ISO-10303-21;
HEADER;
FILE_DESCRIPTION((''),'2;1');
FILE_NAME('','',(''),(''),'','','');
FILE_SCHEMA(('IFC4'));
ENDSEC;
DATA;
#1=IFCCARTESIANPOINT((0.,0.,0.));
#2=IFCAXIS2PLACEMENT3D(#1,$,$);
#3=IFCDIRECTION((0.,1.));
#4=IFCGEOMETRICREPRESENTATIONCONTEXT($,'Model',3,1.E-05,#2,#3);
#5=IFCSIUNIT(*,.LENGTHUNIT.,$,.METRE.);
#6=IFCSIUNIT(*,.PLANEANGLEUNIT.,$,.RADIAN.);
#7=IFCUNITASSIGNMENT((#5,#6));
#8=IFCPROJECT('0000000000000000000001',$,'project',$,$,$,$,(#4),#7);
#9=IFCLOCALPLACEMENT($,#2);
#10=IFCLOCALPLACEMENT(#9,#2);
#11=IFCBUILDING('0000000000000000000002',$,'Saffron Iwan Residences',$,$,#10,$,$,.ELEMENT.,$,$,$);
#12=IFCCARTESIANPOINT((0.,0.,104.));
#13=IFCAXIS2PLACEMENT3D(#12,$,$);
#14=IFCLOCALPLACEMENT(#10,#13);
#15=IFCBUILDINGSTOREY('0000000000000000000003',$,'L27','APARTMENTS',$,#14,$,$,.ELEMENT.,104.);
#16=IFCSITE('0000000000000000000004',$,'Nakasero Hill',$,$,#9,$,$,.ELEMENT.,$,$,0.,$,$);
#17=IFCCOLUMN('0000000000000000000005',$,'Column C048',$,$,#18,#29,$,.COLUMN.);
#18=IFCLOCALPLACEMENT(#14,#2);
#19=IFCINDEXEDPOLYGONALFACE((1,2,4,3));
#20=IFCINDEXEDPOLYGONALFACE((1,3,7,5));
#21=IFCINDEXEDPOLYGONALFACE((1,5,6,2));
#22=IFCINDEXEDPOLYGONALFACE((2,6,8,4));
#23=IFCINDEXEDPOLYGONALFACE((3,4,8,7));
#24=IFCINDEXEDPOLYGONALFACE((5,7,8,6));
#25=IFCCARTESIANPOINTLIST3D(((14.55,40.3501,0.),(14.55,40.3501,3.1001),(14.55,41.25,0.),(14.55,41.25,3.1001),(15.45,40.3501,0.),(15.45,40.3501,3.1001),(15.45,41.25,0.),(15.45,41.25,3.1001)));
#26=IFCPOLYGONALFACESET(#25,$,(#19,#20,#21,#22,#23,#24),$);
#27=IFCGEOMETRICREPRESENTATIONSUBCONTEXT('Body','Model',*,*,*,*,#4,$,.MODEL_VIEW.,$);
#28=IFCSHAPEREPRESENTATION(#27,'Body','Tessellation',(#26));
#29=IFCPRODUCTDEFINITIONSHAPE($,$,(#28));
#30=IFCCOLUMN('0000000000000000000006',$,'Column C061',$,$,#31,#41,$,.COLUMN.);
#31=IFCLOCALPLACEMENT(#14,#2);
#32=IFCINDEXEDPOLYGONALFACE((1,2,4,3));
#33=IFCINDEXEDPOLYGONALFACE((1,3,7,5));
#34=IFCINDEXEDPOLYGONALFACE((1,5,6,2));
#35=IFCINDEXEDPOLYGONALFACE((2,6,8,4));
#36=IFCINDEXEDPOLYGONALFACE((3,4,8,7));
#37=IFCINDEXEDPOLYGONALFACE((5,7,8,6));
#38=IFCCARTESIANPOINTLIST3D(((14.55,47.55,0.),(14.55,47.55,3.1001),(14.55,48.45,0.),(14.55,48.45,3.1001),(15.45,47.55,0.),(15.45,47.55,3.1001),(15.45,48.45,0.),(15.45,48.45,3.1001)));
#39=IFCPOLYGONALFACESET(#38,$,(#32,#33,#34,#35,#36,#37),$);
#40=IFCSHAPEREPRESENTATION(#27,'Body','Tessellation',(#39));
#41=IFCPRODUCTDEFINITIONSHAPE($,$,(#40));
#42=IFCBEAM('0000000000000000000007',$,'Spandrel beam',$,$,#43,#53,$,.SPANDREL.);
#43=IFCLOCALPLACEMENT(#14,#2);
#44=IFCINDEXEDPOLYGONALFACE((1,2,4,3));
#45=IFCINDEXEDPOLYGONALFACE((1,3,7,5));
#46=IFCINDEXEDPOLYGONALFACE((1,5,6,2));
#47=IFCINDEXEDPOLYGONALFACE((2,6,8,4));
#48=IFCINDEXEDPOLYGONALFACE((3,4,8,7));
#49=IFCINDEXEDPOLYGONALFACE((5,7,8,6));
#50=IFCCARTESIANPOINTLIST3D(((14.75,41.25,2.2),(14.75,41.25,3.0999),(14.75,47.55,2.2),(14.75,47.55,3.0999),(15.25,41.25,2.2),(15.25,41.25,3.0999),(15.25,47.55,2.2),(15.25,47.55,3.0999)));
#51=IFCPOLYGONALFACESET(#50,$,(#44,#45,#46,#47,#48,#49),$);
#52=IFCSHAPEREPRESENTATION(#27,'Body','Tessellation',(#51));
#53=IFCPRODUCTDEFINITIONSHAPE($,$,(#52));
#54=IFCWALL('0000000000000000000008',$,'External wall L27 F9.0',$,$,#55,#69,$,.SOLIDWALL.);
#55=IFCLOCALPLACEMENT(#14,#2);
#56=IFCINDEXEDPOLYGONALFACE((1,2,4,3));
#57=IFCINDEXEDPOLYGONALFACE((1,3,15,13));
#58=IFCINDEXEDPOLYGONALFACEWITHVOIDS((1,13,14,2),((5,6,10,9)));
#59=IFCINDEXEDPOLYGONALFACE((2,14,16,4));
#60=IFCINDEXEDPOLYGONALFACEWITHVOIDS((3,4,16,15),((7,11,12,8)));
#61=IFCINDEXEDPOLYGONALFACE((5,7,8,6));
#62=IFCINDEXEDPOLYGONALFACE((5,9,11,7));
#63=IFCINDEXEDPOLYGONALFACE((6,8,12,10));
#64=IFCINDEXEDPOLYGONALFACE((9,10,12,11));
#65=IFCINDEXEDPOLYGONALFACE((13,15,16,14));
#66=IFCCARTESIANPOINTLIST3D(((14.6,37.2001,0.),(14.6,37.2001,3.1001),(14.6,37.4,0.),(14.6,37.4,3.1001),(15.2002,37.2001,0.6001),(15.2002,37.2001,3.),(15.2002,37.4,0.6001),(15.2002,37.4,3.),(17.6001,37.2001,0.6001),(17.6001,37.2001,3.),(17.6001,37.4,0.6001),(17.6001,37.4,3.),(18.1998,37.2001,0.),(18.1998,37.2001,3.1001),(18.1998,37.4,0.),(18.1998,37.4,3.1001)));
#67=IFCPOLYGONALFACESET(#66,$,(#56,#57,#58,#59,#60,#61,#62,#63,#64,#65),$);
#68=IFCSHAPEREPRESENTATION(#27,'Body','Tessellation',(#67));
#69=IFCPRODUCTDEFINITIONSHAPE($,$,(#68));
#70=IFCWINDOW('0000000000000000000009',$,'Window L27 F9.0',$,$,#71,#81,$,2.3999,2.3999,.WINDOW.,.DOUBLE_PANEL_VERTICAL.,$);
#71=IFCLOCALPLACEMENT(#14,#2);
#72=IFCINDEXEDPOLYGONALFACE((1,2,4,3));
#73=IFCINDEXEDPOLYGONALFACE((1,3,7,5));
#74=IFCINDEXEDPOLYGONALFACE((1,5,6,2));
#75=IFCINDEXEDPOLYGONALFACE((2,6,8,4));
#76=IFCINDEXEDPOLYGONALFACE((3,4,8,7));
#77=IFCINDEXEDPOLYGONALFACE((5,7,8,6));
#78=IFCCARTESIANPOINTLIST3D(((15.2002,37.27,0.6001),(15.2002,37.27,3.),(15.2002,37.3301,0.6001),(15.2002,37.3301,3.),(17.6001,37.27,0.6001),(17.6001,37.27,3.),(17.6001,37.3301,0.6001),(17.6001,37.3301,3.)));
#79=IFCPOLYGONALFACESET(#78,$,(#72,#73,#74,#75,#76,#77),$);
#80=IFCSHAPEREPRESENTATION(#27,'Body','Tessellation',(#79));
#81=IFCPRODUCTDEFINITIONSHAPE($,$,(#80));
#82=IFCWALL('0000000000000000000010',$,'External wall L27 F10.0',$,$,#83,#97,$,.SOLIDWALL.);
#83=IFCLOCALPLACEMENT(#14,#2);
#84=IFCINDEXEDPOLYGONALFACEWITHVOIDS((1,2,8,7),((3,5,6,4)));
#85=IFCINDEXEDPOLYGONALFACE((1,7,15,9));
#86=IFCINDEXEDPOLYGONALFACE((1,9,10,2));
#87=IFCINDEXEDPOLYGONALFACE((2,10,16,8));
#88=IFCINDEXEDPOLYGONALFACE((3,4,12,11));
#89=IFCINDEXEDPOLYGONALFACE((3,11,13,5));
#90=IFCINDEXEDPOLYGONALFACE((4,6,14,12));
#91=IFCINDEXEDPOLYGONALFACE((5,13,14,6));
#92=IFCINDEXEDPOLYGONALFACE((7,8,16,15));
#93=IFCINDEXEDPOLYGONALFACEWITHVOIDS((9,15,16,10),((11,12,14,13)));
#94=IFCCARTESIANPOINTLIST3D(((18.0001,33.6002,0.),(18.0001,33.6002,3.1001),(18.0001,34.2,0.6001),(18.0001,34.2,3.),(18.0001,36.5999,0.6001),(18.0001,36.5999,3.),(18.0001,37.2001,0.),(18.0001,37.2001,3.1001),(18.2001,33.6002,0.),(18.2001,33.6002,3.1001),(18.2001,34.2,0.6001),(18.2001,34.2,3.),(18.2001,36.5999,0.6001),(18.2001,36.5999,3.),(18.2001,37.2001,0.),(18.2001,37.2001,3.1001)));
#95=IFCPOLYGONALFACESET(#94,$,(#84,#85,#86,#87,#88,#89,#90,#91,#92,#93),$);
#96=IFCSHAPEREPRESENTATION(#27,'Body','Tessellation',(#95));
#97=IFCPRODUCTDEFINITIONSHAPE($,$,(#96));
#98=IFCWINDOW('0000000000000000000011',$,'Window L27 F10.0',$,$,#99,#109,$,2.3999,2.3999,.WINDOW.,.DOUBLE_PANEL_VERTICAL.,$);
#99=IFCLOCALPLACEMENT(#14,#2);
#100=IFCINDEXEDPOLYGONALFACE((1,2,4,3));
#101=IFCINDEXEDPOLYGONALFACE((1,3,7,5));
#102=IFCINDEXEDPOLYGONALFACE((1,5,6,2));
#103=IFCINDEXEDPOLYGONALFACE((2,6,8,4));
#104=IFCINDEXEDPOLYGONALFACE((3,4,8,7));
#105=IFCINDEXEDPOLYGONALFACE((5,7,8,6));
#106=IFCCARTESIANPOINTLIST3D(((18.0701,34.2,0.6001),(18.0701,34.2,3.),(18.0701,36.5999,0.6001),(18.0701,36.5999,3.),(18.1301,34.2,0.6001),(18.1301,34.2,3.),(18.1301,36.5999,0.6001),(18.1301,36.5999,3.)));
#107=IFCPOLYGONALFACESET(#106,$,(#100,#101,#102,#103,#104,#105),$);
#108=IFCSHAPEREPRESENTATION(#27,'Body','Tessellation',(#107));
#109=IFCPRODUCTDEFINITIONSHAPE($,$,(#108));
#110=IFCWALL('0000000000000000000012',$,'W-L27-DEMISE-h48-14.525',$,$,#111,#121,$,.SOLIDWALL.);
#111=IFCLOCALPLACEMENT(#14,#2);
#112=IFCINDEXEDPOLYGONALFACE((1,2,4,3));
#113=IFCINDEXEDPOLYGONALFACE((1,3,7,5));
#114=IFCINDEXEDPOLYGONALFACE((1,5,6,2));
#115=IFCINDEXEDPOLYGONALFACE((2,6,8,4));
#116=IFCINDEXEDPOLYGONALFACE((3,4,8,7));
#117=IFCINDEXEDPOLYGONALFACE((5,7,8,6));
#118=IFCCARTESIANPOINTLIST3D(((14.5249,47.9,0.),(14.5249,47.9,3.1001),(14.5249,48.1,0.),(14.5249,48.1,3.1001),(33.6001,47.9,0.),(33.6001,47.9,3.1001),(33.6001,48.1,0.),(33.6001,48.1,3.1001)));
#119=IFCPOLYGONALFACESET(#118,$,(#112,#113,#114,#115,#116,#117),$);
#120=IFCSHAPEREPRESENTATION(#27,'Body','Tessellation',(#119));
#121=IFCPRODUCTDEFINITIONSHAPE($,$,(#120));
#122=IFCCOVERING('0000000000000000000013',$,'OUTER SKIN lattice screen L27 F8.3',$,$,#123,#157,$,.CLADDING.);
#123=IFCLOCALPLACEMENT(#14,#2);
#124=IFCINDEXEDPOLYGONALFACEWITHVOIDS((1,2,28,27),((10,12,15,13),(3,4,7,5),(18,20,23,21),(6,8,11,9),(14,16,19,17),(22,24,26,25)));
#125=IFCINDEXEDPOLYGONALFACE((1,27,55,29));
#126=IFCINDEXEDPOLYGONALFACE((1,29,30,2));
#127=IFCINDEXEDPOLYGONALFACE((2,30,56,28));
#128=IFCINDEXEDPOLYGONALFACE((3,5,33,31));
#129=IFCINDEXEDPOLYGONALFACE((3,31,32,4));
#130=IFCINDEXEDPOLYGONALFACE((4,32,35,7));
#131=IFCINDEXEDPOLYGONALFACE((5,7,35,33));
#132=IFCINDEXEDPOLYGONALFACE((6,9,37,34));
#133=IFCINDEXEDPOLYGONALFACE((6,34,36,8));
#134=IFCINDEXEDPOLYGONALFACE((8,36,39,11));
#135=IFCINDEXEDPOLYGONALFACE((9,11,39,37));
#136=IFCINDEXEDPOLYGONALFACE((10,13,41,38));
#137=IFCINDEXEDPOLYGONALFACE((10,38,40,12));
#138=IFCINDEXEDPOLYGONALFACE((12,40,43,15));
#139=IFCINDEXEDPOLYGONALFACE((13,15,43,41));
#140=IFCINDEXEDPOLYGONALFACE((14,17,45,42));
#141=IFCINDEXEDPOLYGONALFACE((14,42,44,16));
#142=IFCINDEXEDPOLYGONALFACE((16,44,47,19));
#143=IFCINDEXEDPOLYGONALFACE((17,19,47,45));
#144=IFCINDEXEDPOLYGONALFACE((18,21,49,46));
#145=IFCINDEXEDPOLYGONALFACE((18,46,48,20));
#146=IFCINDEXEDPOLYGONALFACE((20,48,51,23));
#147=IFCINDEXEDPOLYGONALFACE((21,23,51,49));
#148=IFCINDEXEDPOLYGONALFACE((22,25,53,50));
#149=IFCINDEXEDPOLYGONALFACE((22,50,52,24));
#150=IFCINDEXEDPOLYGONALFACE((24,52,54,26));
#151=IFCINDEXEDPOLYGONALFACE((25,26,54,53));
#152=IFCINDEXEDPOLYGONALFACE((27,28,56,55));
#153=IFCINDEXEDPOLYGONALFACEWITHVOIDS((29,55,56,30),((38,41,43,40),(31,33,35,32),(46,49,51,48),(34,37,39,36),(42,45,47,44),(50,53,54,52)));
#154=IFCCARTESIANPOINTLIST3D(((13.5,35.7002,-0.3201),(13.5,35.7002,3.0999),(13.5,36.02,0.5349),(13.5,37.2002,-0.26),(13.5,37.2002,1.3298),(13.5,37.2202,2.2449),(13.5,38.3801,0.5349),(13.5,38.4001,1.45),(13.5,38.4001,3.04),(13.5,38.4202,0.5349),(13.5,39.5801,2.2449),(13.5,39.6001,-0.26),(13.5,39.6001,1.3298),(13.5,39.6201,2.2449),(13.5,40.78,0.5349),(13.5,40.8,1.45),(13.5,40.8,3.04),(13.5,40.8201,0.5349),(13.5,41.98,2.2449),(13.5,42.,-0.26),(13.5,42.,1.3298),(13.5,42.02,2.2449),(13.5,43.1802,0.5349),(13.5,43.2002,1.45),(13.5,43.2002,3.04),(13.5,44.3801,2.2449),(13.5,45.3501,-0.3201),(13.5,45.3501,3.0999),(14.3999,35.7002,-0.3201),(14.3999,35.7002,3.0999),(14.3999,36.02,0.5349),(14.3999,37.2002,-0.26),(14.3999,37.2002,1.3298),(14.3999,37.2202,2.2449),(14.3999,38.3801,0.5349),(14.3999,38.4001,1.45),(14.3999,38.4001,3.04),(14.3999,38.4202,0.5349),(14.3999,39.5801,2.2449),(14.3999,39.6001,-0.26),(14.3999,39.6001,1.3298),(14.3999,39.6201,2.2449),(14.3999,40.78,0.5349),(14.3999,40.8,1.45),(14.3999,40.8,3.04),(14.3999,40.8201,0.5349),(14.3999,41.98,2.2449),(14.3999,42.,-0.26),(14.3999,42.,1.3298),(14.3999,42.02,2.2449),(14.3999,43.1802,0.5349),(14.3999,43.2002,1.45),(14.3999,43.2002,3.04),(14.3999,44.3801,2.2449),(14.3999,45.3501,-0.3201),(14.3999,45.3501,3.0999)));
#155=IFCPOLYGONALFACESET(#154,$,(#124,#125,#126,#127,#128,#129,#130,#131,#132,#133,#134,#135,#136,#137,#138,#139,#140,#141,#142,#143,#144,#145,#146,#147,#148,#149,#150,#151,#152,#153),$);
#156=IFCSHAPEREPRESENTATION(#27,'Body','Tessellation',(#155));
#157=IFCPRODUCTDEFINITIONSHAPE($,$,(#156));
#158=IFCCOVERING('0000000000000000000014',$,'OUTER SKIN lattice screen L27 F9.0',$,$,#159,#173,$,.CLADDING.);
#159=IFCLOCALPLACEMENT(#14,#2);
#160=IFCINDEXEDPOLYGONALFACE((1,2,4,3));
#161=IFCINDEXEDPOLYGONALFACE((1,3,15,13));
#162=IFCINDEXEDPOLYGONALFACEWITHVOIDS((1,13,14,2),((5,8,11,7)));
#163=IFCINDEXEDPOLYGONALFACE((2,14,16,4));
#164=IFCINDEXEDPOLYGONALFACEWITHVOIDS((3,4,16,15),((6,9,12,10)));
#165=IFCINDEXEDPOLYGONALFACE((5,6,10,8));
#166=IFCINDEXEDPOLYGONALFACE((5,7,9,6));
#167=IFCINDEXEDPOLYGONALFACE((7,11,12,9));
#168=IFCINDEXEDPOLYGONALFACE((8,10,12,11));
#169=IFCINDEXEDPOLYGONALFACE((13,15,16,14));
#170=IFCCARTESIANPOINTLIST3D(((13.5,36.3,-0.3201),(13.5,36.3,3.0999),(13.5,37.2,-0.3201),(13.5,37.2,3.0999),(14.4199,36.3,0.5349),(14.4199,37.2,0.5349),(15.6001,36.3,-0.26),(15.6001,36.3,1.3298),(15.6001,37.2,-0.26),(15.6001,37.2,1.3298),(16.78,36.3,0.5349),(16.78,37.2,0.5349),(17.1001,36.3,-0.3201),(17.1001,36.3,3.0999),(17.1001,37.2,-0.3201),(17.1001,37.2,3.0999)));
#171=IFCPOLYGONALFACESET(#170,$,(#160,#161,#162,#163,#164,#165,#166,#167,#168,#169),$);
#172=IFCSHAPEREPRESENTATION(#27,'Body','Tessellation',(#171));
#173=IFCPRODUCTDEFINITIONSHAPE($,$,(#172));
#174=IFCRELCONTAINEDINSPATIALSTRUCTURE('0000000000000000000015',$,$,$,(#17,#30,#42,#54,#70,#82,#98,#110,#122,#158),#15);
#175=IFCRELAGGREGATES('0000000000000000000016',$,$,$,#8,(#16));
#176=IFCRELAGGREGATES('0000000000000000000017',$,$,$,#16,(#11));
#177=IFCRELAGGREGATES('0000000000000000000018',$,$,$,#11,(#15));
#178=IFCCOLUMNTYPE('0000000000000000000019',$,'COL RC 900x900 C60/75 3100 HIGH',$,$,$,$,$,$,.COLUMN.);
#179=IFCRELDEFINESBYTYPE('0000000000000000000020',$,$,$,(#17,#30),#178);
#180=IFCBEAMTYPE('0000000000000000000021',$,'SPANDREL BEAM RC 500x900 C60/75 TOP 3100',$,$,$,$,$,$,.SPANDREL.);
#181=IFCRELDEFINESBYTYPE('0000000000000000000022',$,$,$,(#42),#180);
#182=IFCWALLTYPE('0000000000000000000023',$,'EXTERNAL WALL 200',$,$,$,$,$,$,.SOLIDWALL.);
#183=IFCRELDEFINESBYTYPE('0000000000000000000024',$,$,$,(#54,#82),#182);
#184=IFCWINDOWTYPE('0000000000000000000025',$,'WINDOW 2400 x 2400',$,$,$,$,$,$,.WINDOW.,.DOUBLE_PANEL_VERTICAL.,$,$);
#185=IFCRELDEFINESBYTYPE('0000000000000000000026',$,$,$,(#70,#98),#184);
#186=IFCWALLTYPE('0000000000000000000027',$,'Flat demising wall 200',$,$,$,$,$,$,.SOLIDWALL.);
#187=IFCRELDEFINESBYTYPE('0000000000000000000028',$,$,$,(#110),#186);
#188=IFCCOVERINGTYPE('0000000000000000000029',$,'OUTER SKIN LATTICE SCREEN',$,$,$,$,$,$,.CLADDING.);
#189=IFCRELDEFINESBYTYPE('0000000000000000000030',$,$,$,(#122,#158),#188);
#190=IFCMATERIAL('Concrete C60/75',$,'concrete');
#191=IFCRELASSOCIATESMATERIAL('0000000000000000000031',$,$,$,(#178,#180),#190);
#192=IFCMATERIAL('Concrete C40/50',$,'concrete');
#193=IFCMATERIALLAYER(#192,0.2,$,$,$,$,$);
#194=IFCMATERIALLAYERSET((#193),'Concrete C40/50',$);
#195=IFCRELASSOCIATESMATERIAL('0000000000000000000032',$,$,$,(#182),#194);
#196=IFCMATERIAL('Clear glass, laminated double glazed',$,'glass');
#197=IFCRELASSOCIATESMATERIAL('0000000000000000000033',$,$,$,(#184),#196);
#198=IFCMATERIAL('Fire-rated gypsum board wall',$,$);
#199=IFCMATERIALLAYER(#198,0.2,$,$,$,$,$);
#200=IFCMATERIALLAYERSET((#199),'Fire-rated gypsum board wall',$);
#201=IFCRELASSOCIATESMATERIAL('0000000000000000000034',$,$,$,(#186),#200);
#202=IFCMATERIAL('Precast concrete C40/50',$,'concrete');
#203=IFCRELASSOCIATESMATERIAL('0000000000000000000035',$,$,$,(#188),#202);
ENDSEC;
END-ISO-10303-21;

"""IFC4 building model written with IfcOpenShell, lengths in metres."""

from ifc_helpers import new_model, si_unit, direction, frame, frame_2d, origin, origin_2d, place, context, subcontext, project, spatial, polyline, rectangle, outline, extrude, source, transform, mapped, material, layer, layer_set, material_profile, profile_set, type_object, element, fill, save


model = new_model("IFC4")

# Units and contexts
model_context = context("Model", 3, precision=1e-05, world=origin(), true_north=direction((0.0, 1.0)))
body_context = subcontext(model_context, "Body", "Model", "MODEL_VIEW")
ifc_project = project(units=[si_unit("LENGTHUNIT", "METRE"), si_unit("PLANEANGLEUNIT", "RADIAN")], contexts=[model_context])

# Site, building, storey
site_placement = place(None, origin())
site = spatial("IfcSite", under=ifc_project, at=site_placement, Name="Nakasero Hill", CompositionType="ELEMENT", RefElevation=0.0)
building_placement = place(site_placement, origin())
building = spatial("IfcBuilding", under=site, at=building_placement, Name="Saffron Iwan Residences", CompositionType="ELEMENT")
storey_placement = place(building_placement, frame((0.0, 0.0, 104.0)))
storey = spatial("IfcBuildingStorey", under=building, at=storey_placement, Name="L27", Description="APARTMENTS", CompositionType="ELEMENT", Elevation=104.0)

# Columns
ifc_material_1 = material(Name="Concrete C60/75", Category="concrete")
ifc_material_profile_1 = material_profile(ifc_material_1, rectangle(XDim=0.8999, YDim=0.8999, at=origin_2d()), Name="RC 900x900")
ifc_profile_set_1 = profile_set([ifc_material_profile_1], Name="Concrete C60/75")
column_type = type_object("IfcColumnType", Name="COL RC 900x900 C60/75 3100 HIGH", PredefinedType="COLUMN", material=ifc_profile_set_1)
shared_shape_1 = source(origin(), body_context, "Body", "SweptSolid", [
    extrude(rectangle(XDim=0.8999, YDim=0.8999, at=origin_2d()), origin(), (0.0, 0.0, 1.0), 3.1001),
])
for number, where, z_axis, x_axis, name in (
    (1, (15.0, 40.8, 0.0), (0.0, 0.0, 1.0), (1.0, 0.0, 0.0), "Column C048"),
    (2, (15.0, 48.0, 0.0), (0.0, 0.0, 1.0), (1.0, 0.0, 0.0), "Column C061"),
):
    element("IfcColumn", number, at=place(storey_placement, frame(where, z_axis=z_axis, x_axis=x_axis)), inside=storey, type_object=column_type, Name=name, PredefinedType="COLUMN", context=body_context, shape_type="MappedRepresentation", body=[
        mapped(shared_shape_1, transform((0.0, 0.0, 0.0))),
    ])

# Beam
ifc_material_profile_2 = material_profile(ifc_material_1, rectangle(XDim=0.5, YDim=0.8999, at=origin_2d()), Name="RC 500x900")
ifc_profile_set_2 = profile_set([ifc_material_profile_2], Name="Concrete C60/75")
beam_type = type_object("IfcBeamType", Name="SPANDREL BEAM RC 500x900 C60/75 TOP 3100", PredefinedType="SPANDREL", material=ifc_profile_set_2)
shared_shape_2 = source(origin(), body_context, "Body", "SweptSolid", [
    extrude(rectangle(XDim=0.5, YDim=0.8999, at=origin_2d()), origin(), (0.0, 0.0, 1.0), 6.3),
])
beam_placement = place(storey_placement, frame((15.0, 41.25, 2.6499), z_axis=(0.0, 1.0, 0.0), x_axis=(-1.0, 0.0, 0.0)))
element("IfcBeam", 3, at=beam_placement, inside=storey, type_object=beam_type, Name="Spandrel beam", PredefinedType="SPANDREL", context=body_context, shape_type="MappedRepresentation", body=[
    mapped(shared_shape_2, transform((0.0, 0.0, 0.0))),
])

# Walls, openings, windows
ifc_material_2 = material(Name="Concrete C40/50", Category="concrete")
ifc_layer_1 = layer(ifc_material_2, 0.2)
ifc_layer_set_1 = layer_set([ifc_layer_1], Name="Concrete C40/50")
wall_type_1 = type_object("IfcWallType", Name="EXTERNAL WALL 200", PredefinedType="SOLIDWALL", material=ifc_layer_set_1)
wall_1_placement = place(storey_placement, frame((14.6001, 37.3, 0.0), z_axis=(0.0, 0.0, 1.0), x_axis=(1.0, 0.0, 0.0)))
wall_1 = element("IfcWall", 4, at=wall_1_placement, inside=storey, type_object=wall_type_1, Name="External wall L27 F9.0", PredefinedType="SOLIDWALL", context=body_context, shape_type="SweptSolid", body=[
    extrude(rectangle(XDim=3.5999, YDim=0.2, at=frame_2d((1.7998, 0.0))), origin(), (0.0, 0.0, 1.0), 3.1001),
])
opening_1_placement = place(wall_1_placement, frame((0.6001, 0.0, 0.6001)))
opening_1 = element("IfcOpeningElement", 5, at=opening_1_placement, cuts=wall_1, PredefinedType="OPENING", context=body_context, shape_type="SweptSolid", body=[
    extrude(rectangle(XDim=2.3999, YDim=2.3999, at=frame_2d((1.2, 1.2))), frame((0.0, 0.1099, 0.0), z_axis=(0.0, -1.0, 0.0), x_axis=(1.0, 0.0, 0.0)), (0.0, 0.0, 1.0), 0.22),
])
ifc_material_3 = material(Name="Clear glass, laminated double glazed", Category="glass")
window_type = type_object("IfcWindowType", Name="WINDOW 2400 x 2400", PartitioningType="DOUBLE_PANEL_VERTICAL", PredefinedType="WINDOW", material=ifc_material_3)
window_1_placement = place(opening_1_placement, origin())
window_1 = element("IfcWindow", 6, at=window_1_placement, inside=storey, type_object=window_type, Name="Window L27 F9.0", OverallHeight=2.3999, OverallWidth=2.3999, PartitioningType="DOUBLE_PANEL_VERTICAL", PredefinedType="WINDOW", context=body_context, shape_type="SweptSolid", body=[
    extrude(rectangle(XDim=2.3999, YDim=2.3999, at=frame_2d((1.2, 1.2))), frame((0.0, 0.03, 0.0), z_axis=(0.0, -1.0, 0.0), x_axis=(1.0, 0.0, 0.0)), (0.0, 0.0, 1.0), 0.0601),
])
fill(opening_1, window_1)
wall_2_placement = place(storey_placement, frame((18.1001, 37.2, 0.0), z_axis=(0.0, 0.0, 1.0), x_axis=(0.0, -1.0, 0.0)))
wall_2 = element("IfcWall", 7, at=wall_2_placement, inside=storey, type_object=wall_type_1, Name="External wall L27 F10.0", PredefinedType="SOLIDWALL", context=body_context, shape_type="SweptSolid", body=[
    extrude(rectangle(XDim=3.5999, YDim=0.2, at=frame_2d((1.7998, 0.0))), origin(), (0.0, 0.0, 1.0), 3.1001),
])
opening_2_placement = place(wall_2_placement, frame((0.6001, 0.0, 0.6001)))
opening_2 = element("IfcOpeningElement", 8, at=opening_2_placement, cuts=wall_2, PredefinedType="OPENING", context=body_context, shape_type="SweptSolid", body=[
    extrude(rectangle(XDim=2.3999, YDim=2.3999, at=frame_2d((1.2, 1.2))), frame((0.0, 0.1099, 0.0), z_axis=(0.0, -1.0, 0.0), x_axis=(1.0, 0.0, 0.0)), (0.0, 0.0, 1.0), 0.22),
])
window_2_placement = place(opening_2_placement, origin())
window_2 = element("IfcWindow", 9, at=window_2_placement, inside=storey, type_object=window_type, Name="Window L27 F10.0", OverallHeight=2.3999, OverallWidth=2.3999, PartitioningType="DOUBLE_PANEL_VERTICAL", PredefinedType="WINDOW", context=body_context, shape_type="SweptSolid", body=[
    extrude(rectangle(XDim=2.3999, YDim=2.3999, at=frame_2d((1.2, 1.2))), frame((0.0, 0.03, 0.0), z_axis=(0.0, -1.0, 0.0), x_axis=(1.0, 0.0, 0.0)), (0.0, 0.0, 1.0), 0.0601),
])
fill(opening_2, window_2)

# Wall
ifc_material_4 = material(Name="Fire-rated gypsum board wall")
ifc_layer_2 = layer(ifc_material_4, 0.2)
ifc_layer_set_2 = layer_set([ifc_layer_2], Name="Fire-rated gypsum board wall")
wall_type_2 = type_object("IfcWallType", Name="Flat demising wall 200", PredefinedType="SOLIDWALL", material=ifc_layer_set_2)
wall_3_placement = place(storey_placement, frame((14.5249, 48.0, 0.0), z_axis=(0.0, 0.0, 1.0), x_axis=(1.0, 0.0, 0.0)))
element("IfcWall", 10, at=wall_3_placement, inside=storey, type_object=wall_type_2, Name="W-L27-DEMISE-h48-14.525", PredefinedType="SOLIDWALL", context=body_context, shape_type="SweptSolid", body=[
    extrude(rectangle(XDim=19.0752, YDim=0.2, at=frame_2d((9.5376, 0.0))), origin(), (0.0, 0.0, 1.0), 3.1001),
])

# Coverings
ifc_material_5 = material(Name="Precast concrete C40/50", Category="concrete")
covering_type_1 = type_object("IfcCoveringType", Name="OUTER SKIN LATTICE SCREEN", PredefinedType="CLADDING", material=ifc_material_5)
covering_1_placement = place(storey_placement, frame((14.3999, 45.3501, -0.3201), z_axis=(-1.0, 0.0, 0.0), x_axis=(0.0, -1.0, 0.0)))
element("IfcCovering", 11, at=covering_1_placement, inside=storey, type_object=covering_type_1, Name="OUTER SKIN lattice screen L27 F8.3", PredefinedType="CLADDING", context=body_context, shape_type="SweptSolid", body=[
    extrude(outline(polyline([(0.0, 0.0), (9.6499, 0.0), (9.6499, 3.4199), (0.0, 3.4199), (0.0, 0.0)]), holes=[polyline([(2.1699, 0.855), (3.3501, 0.0601), (4.53, 0.855), (3.3501, 1.6499), (2.1699, 0.855)]), polyline([(4.5701, 0.855), (5.75, 0.0601), (6.9299, 0.855), (5.75, 1.6499), (4.5701, 0.855)]), polyline([(6.97, 0.855), (8.1499, 0.0601), (9.3301, 0.855), (8.1499, 1.6499), (6.97, 0.855)]), polyline([(0.97, 2.5649), (2.1499, 1.77), (3.3301, 2.5649), (2.1499, 3.3601), (0.97, 2.5649)]), polyline([(3.3701, 2.5649), (4.55, 1.77), (5.73, 2.5649), (4.55, 3.3601), (3.3701, 2.5649)]), polyline([(5.77, 2.5649), (6.95, 1.77), (8.1299, 2.5649), (6.95, 3.3601), (5.77, 2.5649)])]), origin(), (0.0, 0.0, 1.0), 0.8999),
])
covering_2_placement = place(storey_placement, frame((13.5, 37.2, -0.3201), z_axis=(0.0, -1.0, 0.0), x_axis=(1.0, 0.0, 0.0)))
element("IfcCovering", 12, at=covering_2_placement, inside=storey, type_object=covering_type_1, Name="OUTER SKIN lattice screen L27 F9.0", PredefinedType="CLADDING", context=body_context, shape_type="SweptSolid", body=[
    extrude(outline(polyline([(0.0, 0.0), (3.6001, 0.0), (3.6001, 3.4199), (0.0, 3.4199), (0.0, 0.0)]), holes=[polyline([(0.9199, 0.855), (2.1001, 0.0601), (3.28, 0.855), (2.1001, 1.6499), (0.9199, 0.855)])]), origin(), (0.0, 0.0, 1.0), 0.8999),
])

save(model, "model.ifc")
